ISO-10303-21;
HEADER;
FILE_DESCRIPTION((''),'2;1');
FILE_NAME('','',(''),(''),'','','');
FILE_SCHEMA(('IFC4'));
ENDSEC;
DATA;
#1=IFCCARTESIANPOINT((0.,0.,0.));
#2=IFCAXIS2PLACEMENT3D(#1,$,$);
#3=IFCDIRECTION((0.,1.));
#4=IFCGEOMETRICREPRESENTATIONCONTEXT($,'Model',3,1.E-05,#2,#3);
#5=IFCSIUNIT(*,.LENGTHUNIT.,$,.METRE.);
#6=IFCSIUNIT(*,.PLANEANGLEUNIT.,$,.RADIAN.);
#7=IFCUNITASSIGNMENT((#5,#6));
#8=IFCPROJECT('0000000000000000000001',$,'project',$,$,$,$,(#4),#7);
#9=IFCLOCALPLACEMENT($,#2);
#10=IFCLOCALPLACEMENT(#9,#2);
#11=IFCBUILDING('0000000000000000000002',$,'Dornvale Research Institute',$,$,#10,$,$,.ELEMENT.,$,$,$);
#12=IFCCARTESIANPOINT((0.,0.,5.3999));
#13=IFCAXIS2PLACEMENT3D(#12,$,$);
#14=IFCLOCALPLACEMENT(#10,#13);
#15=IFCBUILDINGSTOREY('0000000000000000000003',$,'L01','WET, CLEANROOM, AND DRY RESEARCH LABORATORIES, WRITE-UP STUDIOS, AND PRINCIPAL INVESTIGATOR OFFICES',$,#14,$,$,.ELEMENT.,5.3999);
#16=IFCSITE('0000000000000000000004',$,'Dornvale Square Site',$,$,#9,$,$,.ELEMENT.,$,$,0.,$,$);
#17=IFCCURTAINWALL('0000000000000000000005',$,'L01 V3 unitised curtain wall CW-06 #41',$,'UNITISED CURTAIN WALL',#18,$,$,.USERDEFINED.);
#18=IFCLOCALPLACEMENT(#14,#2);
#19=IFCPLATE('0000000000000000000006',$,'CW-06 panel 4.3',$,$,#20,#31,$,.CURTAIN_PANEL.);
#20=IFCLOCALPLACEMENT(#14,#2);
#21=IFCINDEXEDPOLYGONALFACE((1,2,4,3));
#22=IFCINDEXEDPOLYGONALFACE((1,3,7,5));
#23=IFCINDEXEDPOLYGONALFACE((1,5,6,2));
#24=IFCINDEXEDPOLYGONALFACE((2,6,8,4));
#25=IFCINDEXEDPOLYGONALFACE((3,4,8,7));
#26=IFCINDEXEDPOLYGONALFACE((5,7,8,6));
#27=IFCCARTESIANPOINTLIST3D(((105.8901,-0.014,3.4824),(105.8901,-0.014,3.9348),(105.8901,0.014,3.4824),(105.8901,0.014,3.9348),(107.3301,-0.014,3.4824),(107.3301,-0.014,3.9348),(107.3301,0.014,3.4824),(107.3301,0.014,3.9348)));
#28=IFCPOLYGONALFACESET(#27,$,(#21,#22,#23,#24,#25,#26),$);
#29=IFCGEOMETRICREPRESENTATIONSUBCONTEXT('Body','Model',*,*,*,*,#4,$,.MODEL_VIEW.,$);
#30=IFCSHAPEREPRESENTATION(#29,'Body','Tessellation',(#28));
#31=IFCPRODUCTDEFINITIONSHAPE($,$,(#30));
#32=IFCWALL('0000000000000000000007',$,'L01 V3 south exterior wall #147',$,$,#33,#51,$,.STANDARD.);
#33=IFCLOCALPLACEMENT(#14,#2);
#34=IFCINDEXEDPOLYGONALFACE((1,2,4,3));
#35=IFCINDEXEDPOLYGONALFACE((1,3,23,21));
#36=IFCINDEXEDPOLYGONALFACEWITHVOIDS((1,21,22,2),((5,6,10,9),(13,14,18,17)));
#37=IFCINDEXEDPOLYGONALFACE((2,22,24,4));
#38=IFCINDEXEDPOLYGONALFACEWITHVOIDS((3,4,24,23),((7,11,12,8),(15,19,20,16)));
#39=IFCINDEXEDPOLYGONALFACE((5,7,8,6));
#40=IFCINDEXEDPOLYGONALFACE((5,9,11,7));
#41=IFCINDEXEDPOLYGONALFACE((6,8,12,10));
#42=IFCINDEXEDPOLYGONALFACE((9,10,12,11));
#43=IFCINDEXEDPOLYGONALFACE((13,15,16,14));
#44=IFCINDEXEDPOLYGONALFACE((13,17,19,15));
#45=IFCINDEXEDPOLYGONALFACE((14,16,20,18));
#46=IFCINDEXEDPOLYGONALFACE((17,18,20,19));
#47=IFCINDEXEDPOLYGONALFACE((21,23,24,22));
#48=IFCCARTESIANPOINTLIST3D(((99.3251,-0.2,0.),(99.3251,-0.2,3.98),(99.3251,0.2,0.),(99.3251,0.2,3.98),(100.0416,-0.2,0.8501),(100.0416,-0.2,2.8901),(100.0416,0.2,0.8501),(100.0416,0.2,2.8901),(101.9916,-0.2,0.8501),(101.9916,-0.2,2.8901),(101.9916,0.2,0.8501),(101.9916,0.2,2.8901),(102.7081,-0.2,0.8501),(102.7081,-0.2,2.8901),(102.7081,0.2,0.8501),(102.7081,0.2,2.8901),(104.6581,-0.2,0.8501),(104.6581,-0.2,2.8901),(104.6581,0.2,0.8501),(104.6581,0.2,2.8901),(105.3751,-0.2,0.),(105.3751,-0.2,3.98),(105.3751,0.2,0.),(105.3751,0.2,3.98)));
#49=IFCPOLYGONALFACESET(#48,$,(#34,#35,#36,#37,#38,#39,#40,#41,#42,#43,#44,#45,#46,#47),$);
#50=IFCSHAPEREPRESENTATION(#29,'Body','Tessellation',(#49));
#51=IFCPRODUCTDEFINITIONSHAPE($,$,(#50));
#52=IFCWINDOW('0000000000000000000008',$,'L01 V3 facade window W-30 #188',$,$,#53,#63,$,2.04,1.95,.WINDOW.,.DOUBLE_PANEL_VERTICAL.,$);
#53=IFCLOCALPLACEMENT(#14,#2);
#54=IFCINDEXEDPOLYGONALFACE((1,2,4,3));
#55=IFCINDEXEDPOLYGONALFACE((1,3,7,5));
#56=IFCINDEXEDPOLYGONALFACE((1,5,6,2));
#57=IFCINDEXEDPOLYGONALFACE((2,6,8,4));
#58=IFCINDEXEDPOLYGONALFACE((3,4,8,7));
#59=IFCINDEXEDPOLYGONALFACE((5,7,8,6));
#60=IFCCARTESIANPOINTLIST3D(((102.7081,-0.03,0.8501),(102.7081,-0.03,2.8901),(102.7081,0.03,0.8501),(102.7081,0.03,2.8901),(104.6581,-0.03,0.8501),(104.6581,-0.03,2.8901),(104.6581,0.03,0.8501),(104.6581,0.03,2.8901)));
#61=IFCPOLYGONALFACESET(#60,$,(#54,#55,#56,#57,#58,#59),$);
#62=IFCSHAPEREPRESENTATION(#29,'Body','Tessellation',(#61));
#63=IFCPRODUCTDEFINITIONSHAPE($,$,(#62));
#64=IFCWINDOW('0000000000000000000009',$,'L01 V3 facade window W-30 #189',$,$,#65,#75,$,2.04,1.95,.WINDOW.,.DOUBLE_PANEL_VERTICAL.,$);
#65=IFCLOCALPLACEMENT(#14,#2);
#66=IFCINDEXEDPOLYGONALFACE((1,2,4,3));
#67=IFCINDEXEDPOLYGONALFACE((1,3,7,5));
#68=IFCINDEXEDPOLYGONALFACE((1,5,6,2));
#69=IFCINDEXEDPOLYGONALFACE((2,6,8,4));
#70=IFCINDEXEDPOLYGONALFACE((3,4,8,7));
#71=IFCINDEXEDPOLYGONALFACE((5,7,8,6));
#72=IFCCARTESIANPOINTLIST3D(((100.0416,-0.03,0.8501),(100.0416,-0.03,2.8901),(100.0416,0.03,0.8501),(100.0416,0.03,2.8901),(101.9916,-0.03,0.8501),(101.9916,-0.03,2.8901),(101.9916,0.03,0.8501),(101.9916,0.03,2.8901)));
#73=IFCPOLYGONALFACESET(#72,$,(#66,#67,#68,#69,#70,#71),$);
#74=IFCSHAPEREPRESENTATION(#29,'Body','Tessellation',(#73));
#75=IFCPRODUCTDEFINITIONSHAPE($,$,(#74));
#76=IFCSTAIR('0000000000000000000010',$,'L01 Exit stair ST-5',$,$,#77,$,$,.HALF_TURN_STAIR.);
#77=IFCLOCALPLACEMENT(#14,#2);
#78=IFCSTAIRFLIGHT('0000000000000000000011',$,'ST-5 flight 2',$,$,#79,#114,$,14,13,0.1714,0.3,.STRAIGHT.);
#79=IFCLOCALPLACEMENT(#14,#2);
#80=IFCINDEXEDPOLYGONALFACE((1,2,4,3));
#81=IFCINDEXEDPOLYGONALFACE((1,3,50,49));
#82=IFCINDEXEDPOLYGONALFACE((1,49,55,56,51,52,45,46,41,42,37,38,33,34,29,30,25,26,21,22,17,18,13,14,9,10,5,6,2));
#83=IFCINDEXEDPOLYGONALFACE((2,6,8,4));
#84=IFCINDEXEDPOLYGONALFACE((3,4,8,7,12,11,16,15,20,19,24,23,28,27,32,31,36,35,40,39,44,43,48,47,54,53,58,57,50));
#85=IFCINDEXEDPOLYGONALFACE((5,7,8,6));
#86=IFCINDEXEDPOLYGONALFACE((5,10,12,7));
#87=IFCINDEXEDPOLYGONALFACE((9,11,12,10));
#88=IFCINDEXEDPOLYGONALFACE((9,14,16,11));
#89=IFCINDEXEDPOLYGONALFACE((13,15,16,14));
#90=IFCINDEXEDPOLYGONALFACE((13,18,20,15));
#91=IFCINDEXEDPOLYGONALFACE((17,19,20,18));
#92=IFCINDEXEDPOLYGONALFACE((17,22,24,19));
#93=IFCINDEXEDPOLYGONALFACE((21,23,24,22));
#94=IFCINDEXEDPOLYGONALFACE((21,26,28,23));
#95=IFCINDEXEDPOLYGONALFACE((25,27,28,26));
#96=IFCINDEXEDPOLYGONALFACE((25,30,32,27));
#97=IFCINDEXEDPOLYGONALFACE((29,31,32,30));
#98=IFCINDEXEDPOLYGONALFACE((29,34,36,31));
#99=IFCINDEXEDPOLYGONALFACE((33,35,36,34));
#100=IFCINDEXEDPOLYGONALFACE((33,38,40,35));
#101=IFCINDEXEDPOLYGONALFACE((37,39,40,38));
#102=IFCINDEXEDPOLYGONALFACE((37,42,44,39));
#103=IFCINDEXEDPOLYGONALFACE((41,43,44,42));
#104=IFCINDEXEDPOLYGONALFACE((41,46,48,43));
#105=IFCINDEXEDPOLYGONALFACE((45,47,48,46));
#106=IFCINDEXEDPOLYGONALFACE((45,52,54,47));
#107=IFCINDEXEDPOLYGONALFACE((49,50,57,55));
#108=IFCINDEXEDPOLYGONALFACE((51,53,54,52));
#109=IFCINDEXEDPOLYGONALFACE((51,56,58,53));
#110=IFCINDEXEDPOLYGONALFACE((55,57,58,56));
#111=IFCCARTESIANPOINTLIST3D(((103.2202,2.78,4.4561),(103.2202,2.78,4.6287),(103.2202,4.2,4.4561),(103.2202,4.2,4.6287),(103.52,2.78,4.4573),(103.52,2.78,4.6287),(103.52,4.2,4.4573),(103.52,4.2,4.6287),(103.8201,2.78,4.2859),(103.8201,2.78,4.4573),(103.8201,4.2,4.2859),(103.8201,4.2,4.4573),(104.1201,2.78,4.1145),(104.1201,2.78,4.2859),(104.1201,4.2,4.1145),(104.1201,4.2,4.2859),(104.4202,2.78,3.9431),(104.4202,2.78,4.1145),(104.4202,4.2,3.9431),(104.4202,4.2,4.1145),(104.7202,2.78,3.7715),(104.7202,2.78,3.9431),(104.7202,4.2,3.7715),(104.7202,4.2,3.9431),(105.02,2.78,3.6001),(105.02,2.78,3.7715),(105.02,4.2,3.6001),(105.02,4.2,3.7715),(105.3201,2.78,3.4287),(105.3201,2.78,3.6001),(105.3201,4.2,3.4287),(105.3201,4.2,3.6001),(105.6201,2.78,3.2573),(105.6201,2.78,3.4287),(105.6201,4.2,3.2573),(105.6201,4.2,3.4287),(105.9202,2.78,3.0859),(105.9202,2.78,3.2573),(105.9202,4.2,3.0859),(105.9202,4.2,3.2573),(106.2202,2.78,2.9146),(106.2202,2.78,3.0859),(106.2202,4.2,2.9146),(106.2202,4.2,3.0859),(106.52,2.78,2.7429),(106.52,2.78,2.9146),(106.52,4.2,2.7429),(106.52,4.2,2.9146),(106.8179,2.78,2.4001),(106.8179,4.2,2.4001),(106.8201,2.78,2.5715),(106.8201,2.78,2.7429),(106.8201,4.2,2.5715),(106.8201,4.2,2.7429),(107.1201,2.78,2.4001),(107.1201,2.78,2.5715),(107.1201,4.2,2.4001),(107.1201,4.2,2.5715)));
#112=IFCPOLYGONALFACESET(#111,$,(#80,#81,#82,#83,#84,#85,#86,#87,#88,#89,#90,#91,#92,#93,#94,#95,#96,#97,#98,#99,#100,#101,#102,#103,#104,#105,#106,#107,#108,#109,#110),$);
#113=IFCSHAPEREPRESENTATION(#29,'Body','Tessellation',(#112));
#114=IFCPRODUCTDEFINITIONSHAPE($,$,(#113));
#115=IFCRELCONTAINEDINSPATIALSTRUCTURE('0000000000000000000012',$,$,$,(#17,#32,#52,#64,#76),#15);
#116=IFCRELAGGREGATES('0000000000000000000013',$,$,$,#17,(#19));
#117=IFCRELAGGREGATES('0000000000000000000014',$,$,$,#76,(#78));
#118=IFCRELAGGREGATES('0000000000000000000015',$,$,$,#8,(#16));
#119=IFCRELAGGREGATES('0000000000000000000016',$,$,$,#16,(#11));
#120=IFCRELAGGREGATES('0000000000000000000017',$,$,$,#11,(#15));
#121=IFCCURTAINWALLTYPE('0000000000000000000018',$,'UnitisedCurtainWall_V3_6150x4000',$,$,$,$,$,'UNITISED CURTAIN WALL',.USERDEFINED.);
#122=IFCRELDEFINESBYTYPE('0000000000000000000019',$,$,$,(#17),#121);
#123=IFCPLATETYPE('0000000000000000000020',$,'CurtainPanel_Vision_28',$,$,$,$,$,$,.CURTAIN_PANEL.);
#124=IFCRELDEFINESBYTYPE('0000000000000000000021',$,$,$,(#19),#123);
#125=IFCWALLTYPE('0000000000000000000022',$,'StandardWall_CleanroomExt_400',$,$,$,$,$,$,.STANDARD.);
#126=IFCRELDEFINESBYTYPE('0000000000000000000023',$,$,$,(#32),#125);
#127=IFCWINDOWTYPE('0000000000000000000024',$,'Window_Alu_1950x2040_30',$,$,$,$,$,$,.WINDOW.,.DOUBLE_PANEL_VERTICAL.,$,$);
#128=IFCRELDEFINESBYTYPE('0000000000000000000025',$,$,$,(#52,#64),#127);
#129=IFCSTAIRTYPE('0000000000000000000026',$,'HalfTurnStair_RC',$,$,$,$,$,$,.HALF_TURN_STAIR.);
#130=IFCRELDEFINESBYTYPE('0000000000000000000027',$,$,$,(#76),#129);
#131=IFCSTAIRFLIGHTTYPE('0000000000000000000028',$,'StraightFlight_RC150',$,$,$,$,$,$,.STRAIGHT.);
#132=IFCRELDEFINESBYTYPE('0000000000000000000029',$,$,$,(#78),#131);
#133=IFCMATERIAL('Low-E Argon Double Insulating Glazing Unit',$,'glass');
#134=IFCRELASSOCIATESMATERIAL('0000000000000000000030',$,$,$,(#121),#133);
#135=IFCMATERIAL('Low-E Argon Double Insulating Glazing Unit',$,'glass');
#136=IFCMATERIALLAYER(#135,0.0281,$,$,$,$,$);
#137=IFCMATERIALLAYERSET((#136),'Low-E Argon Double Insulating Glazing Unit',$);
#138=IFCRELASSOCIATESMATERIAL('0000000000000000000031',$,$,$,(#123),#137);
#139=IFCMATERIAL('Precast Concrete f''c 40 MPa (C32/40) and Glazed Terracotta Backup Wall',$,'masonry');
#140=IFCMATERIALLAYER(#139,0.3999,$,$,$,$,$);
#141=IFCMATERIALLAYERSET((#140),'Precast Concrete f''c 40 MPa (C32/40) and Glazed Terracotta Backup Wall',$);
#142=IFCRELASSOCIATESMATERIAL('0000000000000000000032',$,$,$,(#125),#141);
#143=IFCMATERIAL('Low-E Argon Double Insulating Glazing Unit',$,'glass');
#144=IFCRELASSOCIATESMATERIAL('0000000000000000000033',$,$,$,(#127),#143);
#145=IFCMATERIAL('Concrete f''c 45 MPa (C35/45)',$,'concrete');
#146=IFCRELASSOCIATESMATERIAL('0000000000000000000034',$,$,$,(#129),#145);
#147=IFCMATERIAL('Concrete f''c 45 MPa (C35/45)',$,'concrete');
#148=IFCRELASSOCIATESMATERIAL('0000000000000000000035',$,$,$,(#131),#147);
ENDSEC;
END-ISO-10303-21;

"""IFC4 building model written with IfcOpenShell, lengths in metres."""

from ifc_helpers import new_model, si_unit, direction, frame, frame_2d, origin, origin_2d, place, context, subcontext, project, spatial, polyline, rectangle, outline, extrude, material, layer, layer_set, type_object, element, fill, aggregate, save


model = new_model("IFC4")

# Units and contexts
model_context = context("Model", 3, precision=1e-05, world=origin(), true_north=direction((0.0, 1.0)))
body_context = subcontext(model_context, "Body", "Model", "MODEL_VIEW")
ifc_project = project(units=[si_unit("LENGTHUNIT", "METRE"), si_unit("PLANEANGLEUNIT", "RADIAN")], contexts=[model_context])

# Site, building, storey
site_placement = place(None, origin())
site = spatial("IfcSite", under=ifc_project, at=site_placement, Name="Dornvale Square Site", CompositionType="ELEMENT", RefElevation=0.0)
building_placement = place(site_placement, origin())
building = spatial("IfcBuilding", under=site, at=building_placement, Name="Dornvale Research Institute", CompositionType="ELEMENT")
storey_placement = place(building_placement, frame((0.0, 0.0, 5.3999)))
storey = spatial("IfcBuildingStorey", under=building, at=storey_placement, Name="L01", Description="WET, CLEANROOM, AND DRY RESEARCH LABORATORIES, WRITE-UP STUDIOS, AND PRINCIPAL INVESTIGATOR OFFICES", CompositionType="ELEMENT", Elevation=5.3999)

# Curtain wall
ifc_material_1 = material(Name="Low-E Argon Double Insulating Glazing Unit", Category="glass")
curtain_wall_type = type_object("IfcCurtainWallType", Name="UnitisedCurtainWall_V3_6150x4000", ElementType="UNITISED CURTAIN WALL", PredefinedType="USERDEFINED", material=ifc_material_1)
curtain_wall_1_placement = place(storey_placement, origin())
curtain_wall_1 = element("IfcCurtainWall", 1, at=curtain_wall_1_placement, inside=storey, type_object=curtain_wall_type, Name="L01 V3 unitised curtain wall CW-06 #41", ObjectType="UNITISED CURTAIN WALL", PredefinedType="USERDEFINED")

# Plate
ifc_material_2 = material(Name="Low-E Argon Double Insulating Glazing Unit", Category="glass")
ifc_layer_1 = layer(ifc_material_2, 0.0281)
ifc_layer_set_1 = layer_set([ifc_layer_1], Name="Low-E Argon Double Insulating Glazing Unit")
plate_type_1 = type_object("IfcPlateType", Name="CurtainPanel_Vision_28", PredefinedType="CURTAIN_PANEL", material=ifc_layer_set_1)
plate_1_placement = place(storey_placement, frame((106.6101, 0.0, 3.4824), z_axis=(0.0, 0.0, 1.0), x_axis=(-1.0, 0.0, 0.0)))
plate_1 = element("IfcPlate", 2, at=plate_1_placement, type_object=plate_type_1, Name="CW-06 panel 4.3", PredefinedType="CURTAIN_PANEL", context=body_context, shape_type="SweptSolid", body=[
    extrude(rectangle(XDim=1.4399, YDim=0.0281, at=origin_2d()), origin(), (0.0, 0.0, 1.0), 0.4524),
])
aggregate(curtain_wall_1, [plate_1])

# Wall, openings, windows
ifc_material_3 = material(Name="Precast Concrete f'c 40 MPa (C32/40) and Glazed Terracotta Backup Wall", Category="masonry")
ifc_layer_2 = layer(ifc_material_3, 0.3999)
ifc_layer_set_2 = layer_set([ifc_layer_2], Name="Precast Concrete f'c 40 MPa (C32/40) and Glazed Terracotta Backup Wall")
wall_type = type_object("IfcWallType", Name="StandardWall_CleanroomExt_400", PredefinedType="STANDARD", material=ifc_layer_set_2)
wall_placement = place(storey_placement, frame((105.375, 0.0, 0.0), z_axis=(0.0, 0.0, 1.0), x_axis=(-1.0, 0.0, 0.0)))
wall = element("IfcWall", 3, at=wall_placement, inside=storey, type_object=wall_type, Name="L01 V3 south exterior wall #147", PredefinedType="STANDARD", context=body_context, shape_type="SweptSolid", body=[
    extrude(rectangle(XDim=6.05, YDim=0.3999, at=frame_2d((3.0249, 0.0))), origin(), (0.0, 0.0, 1.0), 3.98),
])
opening_1_placement = place(wall_placement, frame((0.7168, 0.0, 0.8501)))
opening_1 = element("IfcOpeningElement", 4, at=opening_1_placement, cuts=wall, PredefinedType="OPENING", context=body_context, shape_type="SweptSolid", body=[
    extrude(rectangle(XDim=1.95, YDim=2.04, at=frame_2d((0.9751, 1.02))), frame((0.0, 0.2148, 0.0), z_axis=(0.0, -1.0, 0.0), x_axis=(1.0, 0.0, 0.0)), (0.0, 0.0, 1.0), 0.4299),
])
opening_2_placement = place(wall_placement, frame((3.3833, 0.0, 0.8501)))
opening_2 = element("IfcOpeningElement", 5, at=opening_2_placement, cuts=wall, PredefinedType="OPENING", context=body_context, shape_type="SweptSolid", body=[
    extrude(rectangle(XDim=1.95, YDim=2.04, at=frame_2d((0.9751, 1.02))), frame((0.0, 0.2148, 0.0), z_axis=(0.0, -1.0, 0.0), x_axis=(1.0, 0.0, 0.0)), (0.0, 0.0, 1.0), 0.4299),
])
ifc_material_4 = material(Name="Low-E Argon Double Insulating Glazing Unit", Category="glass")
window_type = type_object("IfcWindowType", Name="Window_Alu_1950x2040_30", PartitioningType="DOUBLE_PANEL_VERTICAL", PredefinedType="WINDOW", material=ifc_material_4)
window_1_placement = place(opening_1_placement, origin())
window_1 = element("IfcWindow", 6, at=window_1_placement, inside=storey, type_object=window_type, Name="L01 V3 facade window W-30 #188", OverallHeight=2.04, OverallWidth=1.95, PartitioningType="DOUBLE_PANEL_VERTICAL", PredefinedType="WINDOW", context=body_context, shape_type="SweptSolid", body=[
    extrude(rectangle(XDim=1.95, YDim=2.04, at=frame_2d((0.9751, 1.02))), frame((0.0, 0.03, 0.0), z_axis=(0.0, -1.0, 0.0), x_axis=(1.0, 0.0, 0.0)), (0.0, 0.0, 1.0), 0.0601),
])
fill(opening_1, window_1)
window_2_placement = place(opening_2_placement, origin())
window_2 = element("IfcWindow", 7, at=window_2_placement, inside=storey, type_object=window_type, Name="L01 V3 facade window W-30 #189", OverallHeight=2.04, OverallWidth=1.95, PartitioningType="DOUBLE_PANEL_VERTICAL", PredefinedType="WINDOW", context=body_context, shape_type="SweptSolid", body=[
    extrude(rectangle(XDim=1.95, YDim=2.04, at=frame_2d((0.9751, 1.02))), frame((0.0, 0.03, 0.0), z_axis=(0.0, -1.0, 0.0), x_axis=(1.0, 0.0, 0.0)), (0.0, 0.0, 1.0), 0.0601),
])
fill(opening_2, window_2)

# Stair, stair flight
ifc_material_5 = material(Name="Concrete f'c 45 MPa (C35/45)", Category="concrete")
stair_type = type_object("IfcStairType", Name="HalfTurnStair_RC", PredefinedType="HALF_TURN_STAIR", material=ifc_material_5)
stair_placement = place(storey_placement, origin())
stair = element("IfcStair", 8, at=stair_placement, inside=storey, type_object=stair_type, Name="L01 Exit stair ST-5", PredefinedType="HALF_TURN_STAIR")
ifc_material_6 = material(Name="Concrete f'c 45 MPa (C35/45)", Category="concrete")
stair_flight_type = type_object("IfcStairFlightType", Name="StraightFlight_RC150", PredefinedType="STRAIGHT", material=ifc_material_6)
stair_flight_placement = place(storey_placement, frame((107.1201, 3.49, 2.4001), z_axis=(0.0, 0.0, 1.0), x_axis=(-1.0, 0.0, 0.0)))
stair_flight = element("IfcStairFlight", 9, at=stair_flight_placement, type_object=stair_flight_type, Name="ST-5 flight 2", NumberOfRisers=14, NumberOfTreads=13, PredefinedType="STRAIGHT", RiserHeight=0.1714, TreadLength=0.3, context=body_context, shape_type="SweptSolid", body=[
    extrude(outline(polyline([(0.0, 0.0), (0.0, 0.1714), (0.3, 0.1714), (0.3, 0.3428), (0.6001, 0.3428), (0.6001, 0.5144), (0.8999, 0.5144), (0.8999, 0.6858), (1.2, 0.6858), (1.2, 0.8572), (1.5, 0.8572), (1.5, 1.0286), (1.8, 1.0286), (1.8, 1.2), (2.1001, 1.2), (2.1001, 1.3713), (2.3999, 1.3713), (2.3999, 1.543), (2.7, 1.543), (2.7, 1.7144), (3.0, 1.7144), (3.0, 1.8857), (3.3, 1.8857), (3.3, 2.0571), (3.6001, 2.0571), (3.6001, 2.2285), (3.8999, 2.2285), (3.8999, 2.3999), (3.8999, 2.0559), (0.3022, 0.0), (0.0, 0.0)])), frame((0.0, 0.71, 0.0), z_axis=(0.0, -1.0, 0.0), x_axis=(1.0, 0.0, 0.0)), (0.0, 0.0, 1.0), 1.4199),
])
aggregate(stair, [stair_flight])

save(model, "model.ifc")
